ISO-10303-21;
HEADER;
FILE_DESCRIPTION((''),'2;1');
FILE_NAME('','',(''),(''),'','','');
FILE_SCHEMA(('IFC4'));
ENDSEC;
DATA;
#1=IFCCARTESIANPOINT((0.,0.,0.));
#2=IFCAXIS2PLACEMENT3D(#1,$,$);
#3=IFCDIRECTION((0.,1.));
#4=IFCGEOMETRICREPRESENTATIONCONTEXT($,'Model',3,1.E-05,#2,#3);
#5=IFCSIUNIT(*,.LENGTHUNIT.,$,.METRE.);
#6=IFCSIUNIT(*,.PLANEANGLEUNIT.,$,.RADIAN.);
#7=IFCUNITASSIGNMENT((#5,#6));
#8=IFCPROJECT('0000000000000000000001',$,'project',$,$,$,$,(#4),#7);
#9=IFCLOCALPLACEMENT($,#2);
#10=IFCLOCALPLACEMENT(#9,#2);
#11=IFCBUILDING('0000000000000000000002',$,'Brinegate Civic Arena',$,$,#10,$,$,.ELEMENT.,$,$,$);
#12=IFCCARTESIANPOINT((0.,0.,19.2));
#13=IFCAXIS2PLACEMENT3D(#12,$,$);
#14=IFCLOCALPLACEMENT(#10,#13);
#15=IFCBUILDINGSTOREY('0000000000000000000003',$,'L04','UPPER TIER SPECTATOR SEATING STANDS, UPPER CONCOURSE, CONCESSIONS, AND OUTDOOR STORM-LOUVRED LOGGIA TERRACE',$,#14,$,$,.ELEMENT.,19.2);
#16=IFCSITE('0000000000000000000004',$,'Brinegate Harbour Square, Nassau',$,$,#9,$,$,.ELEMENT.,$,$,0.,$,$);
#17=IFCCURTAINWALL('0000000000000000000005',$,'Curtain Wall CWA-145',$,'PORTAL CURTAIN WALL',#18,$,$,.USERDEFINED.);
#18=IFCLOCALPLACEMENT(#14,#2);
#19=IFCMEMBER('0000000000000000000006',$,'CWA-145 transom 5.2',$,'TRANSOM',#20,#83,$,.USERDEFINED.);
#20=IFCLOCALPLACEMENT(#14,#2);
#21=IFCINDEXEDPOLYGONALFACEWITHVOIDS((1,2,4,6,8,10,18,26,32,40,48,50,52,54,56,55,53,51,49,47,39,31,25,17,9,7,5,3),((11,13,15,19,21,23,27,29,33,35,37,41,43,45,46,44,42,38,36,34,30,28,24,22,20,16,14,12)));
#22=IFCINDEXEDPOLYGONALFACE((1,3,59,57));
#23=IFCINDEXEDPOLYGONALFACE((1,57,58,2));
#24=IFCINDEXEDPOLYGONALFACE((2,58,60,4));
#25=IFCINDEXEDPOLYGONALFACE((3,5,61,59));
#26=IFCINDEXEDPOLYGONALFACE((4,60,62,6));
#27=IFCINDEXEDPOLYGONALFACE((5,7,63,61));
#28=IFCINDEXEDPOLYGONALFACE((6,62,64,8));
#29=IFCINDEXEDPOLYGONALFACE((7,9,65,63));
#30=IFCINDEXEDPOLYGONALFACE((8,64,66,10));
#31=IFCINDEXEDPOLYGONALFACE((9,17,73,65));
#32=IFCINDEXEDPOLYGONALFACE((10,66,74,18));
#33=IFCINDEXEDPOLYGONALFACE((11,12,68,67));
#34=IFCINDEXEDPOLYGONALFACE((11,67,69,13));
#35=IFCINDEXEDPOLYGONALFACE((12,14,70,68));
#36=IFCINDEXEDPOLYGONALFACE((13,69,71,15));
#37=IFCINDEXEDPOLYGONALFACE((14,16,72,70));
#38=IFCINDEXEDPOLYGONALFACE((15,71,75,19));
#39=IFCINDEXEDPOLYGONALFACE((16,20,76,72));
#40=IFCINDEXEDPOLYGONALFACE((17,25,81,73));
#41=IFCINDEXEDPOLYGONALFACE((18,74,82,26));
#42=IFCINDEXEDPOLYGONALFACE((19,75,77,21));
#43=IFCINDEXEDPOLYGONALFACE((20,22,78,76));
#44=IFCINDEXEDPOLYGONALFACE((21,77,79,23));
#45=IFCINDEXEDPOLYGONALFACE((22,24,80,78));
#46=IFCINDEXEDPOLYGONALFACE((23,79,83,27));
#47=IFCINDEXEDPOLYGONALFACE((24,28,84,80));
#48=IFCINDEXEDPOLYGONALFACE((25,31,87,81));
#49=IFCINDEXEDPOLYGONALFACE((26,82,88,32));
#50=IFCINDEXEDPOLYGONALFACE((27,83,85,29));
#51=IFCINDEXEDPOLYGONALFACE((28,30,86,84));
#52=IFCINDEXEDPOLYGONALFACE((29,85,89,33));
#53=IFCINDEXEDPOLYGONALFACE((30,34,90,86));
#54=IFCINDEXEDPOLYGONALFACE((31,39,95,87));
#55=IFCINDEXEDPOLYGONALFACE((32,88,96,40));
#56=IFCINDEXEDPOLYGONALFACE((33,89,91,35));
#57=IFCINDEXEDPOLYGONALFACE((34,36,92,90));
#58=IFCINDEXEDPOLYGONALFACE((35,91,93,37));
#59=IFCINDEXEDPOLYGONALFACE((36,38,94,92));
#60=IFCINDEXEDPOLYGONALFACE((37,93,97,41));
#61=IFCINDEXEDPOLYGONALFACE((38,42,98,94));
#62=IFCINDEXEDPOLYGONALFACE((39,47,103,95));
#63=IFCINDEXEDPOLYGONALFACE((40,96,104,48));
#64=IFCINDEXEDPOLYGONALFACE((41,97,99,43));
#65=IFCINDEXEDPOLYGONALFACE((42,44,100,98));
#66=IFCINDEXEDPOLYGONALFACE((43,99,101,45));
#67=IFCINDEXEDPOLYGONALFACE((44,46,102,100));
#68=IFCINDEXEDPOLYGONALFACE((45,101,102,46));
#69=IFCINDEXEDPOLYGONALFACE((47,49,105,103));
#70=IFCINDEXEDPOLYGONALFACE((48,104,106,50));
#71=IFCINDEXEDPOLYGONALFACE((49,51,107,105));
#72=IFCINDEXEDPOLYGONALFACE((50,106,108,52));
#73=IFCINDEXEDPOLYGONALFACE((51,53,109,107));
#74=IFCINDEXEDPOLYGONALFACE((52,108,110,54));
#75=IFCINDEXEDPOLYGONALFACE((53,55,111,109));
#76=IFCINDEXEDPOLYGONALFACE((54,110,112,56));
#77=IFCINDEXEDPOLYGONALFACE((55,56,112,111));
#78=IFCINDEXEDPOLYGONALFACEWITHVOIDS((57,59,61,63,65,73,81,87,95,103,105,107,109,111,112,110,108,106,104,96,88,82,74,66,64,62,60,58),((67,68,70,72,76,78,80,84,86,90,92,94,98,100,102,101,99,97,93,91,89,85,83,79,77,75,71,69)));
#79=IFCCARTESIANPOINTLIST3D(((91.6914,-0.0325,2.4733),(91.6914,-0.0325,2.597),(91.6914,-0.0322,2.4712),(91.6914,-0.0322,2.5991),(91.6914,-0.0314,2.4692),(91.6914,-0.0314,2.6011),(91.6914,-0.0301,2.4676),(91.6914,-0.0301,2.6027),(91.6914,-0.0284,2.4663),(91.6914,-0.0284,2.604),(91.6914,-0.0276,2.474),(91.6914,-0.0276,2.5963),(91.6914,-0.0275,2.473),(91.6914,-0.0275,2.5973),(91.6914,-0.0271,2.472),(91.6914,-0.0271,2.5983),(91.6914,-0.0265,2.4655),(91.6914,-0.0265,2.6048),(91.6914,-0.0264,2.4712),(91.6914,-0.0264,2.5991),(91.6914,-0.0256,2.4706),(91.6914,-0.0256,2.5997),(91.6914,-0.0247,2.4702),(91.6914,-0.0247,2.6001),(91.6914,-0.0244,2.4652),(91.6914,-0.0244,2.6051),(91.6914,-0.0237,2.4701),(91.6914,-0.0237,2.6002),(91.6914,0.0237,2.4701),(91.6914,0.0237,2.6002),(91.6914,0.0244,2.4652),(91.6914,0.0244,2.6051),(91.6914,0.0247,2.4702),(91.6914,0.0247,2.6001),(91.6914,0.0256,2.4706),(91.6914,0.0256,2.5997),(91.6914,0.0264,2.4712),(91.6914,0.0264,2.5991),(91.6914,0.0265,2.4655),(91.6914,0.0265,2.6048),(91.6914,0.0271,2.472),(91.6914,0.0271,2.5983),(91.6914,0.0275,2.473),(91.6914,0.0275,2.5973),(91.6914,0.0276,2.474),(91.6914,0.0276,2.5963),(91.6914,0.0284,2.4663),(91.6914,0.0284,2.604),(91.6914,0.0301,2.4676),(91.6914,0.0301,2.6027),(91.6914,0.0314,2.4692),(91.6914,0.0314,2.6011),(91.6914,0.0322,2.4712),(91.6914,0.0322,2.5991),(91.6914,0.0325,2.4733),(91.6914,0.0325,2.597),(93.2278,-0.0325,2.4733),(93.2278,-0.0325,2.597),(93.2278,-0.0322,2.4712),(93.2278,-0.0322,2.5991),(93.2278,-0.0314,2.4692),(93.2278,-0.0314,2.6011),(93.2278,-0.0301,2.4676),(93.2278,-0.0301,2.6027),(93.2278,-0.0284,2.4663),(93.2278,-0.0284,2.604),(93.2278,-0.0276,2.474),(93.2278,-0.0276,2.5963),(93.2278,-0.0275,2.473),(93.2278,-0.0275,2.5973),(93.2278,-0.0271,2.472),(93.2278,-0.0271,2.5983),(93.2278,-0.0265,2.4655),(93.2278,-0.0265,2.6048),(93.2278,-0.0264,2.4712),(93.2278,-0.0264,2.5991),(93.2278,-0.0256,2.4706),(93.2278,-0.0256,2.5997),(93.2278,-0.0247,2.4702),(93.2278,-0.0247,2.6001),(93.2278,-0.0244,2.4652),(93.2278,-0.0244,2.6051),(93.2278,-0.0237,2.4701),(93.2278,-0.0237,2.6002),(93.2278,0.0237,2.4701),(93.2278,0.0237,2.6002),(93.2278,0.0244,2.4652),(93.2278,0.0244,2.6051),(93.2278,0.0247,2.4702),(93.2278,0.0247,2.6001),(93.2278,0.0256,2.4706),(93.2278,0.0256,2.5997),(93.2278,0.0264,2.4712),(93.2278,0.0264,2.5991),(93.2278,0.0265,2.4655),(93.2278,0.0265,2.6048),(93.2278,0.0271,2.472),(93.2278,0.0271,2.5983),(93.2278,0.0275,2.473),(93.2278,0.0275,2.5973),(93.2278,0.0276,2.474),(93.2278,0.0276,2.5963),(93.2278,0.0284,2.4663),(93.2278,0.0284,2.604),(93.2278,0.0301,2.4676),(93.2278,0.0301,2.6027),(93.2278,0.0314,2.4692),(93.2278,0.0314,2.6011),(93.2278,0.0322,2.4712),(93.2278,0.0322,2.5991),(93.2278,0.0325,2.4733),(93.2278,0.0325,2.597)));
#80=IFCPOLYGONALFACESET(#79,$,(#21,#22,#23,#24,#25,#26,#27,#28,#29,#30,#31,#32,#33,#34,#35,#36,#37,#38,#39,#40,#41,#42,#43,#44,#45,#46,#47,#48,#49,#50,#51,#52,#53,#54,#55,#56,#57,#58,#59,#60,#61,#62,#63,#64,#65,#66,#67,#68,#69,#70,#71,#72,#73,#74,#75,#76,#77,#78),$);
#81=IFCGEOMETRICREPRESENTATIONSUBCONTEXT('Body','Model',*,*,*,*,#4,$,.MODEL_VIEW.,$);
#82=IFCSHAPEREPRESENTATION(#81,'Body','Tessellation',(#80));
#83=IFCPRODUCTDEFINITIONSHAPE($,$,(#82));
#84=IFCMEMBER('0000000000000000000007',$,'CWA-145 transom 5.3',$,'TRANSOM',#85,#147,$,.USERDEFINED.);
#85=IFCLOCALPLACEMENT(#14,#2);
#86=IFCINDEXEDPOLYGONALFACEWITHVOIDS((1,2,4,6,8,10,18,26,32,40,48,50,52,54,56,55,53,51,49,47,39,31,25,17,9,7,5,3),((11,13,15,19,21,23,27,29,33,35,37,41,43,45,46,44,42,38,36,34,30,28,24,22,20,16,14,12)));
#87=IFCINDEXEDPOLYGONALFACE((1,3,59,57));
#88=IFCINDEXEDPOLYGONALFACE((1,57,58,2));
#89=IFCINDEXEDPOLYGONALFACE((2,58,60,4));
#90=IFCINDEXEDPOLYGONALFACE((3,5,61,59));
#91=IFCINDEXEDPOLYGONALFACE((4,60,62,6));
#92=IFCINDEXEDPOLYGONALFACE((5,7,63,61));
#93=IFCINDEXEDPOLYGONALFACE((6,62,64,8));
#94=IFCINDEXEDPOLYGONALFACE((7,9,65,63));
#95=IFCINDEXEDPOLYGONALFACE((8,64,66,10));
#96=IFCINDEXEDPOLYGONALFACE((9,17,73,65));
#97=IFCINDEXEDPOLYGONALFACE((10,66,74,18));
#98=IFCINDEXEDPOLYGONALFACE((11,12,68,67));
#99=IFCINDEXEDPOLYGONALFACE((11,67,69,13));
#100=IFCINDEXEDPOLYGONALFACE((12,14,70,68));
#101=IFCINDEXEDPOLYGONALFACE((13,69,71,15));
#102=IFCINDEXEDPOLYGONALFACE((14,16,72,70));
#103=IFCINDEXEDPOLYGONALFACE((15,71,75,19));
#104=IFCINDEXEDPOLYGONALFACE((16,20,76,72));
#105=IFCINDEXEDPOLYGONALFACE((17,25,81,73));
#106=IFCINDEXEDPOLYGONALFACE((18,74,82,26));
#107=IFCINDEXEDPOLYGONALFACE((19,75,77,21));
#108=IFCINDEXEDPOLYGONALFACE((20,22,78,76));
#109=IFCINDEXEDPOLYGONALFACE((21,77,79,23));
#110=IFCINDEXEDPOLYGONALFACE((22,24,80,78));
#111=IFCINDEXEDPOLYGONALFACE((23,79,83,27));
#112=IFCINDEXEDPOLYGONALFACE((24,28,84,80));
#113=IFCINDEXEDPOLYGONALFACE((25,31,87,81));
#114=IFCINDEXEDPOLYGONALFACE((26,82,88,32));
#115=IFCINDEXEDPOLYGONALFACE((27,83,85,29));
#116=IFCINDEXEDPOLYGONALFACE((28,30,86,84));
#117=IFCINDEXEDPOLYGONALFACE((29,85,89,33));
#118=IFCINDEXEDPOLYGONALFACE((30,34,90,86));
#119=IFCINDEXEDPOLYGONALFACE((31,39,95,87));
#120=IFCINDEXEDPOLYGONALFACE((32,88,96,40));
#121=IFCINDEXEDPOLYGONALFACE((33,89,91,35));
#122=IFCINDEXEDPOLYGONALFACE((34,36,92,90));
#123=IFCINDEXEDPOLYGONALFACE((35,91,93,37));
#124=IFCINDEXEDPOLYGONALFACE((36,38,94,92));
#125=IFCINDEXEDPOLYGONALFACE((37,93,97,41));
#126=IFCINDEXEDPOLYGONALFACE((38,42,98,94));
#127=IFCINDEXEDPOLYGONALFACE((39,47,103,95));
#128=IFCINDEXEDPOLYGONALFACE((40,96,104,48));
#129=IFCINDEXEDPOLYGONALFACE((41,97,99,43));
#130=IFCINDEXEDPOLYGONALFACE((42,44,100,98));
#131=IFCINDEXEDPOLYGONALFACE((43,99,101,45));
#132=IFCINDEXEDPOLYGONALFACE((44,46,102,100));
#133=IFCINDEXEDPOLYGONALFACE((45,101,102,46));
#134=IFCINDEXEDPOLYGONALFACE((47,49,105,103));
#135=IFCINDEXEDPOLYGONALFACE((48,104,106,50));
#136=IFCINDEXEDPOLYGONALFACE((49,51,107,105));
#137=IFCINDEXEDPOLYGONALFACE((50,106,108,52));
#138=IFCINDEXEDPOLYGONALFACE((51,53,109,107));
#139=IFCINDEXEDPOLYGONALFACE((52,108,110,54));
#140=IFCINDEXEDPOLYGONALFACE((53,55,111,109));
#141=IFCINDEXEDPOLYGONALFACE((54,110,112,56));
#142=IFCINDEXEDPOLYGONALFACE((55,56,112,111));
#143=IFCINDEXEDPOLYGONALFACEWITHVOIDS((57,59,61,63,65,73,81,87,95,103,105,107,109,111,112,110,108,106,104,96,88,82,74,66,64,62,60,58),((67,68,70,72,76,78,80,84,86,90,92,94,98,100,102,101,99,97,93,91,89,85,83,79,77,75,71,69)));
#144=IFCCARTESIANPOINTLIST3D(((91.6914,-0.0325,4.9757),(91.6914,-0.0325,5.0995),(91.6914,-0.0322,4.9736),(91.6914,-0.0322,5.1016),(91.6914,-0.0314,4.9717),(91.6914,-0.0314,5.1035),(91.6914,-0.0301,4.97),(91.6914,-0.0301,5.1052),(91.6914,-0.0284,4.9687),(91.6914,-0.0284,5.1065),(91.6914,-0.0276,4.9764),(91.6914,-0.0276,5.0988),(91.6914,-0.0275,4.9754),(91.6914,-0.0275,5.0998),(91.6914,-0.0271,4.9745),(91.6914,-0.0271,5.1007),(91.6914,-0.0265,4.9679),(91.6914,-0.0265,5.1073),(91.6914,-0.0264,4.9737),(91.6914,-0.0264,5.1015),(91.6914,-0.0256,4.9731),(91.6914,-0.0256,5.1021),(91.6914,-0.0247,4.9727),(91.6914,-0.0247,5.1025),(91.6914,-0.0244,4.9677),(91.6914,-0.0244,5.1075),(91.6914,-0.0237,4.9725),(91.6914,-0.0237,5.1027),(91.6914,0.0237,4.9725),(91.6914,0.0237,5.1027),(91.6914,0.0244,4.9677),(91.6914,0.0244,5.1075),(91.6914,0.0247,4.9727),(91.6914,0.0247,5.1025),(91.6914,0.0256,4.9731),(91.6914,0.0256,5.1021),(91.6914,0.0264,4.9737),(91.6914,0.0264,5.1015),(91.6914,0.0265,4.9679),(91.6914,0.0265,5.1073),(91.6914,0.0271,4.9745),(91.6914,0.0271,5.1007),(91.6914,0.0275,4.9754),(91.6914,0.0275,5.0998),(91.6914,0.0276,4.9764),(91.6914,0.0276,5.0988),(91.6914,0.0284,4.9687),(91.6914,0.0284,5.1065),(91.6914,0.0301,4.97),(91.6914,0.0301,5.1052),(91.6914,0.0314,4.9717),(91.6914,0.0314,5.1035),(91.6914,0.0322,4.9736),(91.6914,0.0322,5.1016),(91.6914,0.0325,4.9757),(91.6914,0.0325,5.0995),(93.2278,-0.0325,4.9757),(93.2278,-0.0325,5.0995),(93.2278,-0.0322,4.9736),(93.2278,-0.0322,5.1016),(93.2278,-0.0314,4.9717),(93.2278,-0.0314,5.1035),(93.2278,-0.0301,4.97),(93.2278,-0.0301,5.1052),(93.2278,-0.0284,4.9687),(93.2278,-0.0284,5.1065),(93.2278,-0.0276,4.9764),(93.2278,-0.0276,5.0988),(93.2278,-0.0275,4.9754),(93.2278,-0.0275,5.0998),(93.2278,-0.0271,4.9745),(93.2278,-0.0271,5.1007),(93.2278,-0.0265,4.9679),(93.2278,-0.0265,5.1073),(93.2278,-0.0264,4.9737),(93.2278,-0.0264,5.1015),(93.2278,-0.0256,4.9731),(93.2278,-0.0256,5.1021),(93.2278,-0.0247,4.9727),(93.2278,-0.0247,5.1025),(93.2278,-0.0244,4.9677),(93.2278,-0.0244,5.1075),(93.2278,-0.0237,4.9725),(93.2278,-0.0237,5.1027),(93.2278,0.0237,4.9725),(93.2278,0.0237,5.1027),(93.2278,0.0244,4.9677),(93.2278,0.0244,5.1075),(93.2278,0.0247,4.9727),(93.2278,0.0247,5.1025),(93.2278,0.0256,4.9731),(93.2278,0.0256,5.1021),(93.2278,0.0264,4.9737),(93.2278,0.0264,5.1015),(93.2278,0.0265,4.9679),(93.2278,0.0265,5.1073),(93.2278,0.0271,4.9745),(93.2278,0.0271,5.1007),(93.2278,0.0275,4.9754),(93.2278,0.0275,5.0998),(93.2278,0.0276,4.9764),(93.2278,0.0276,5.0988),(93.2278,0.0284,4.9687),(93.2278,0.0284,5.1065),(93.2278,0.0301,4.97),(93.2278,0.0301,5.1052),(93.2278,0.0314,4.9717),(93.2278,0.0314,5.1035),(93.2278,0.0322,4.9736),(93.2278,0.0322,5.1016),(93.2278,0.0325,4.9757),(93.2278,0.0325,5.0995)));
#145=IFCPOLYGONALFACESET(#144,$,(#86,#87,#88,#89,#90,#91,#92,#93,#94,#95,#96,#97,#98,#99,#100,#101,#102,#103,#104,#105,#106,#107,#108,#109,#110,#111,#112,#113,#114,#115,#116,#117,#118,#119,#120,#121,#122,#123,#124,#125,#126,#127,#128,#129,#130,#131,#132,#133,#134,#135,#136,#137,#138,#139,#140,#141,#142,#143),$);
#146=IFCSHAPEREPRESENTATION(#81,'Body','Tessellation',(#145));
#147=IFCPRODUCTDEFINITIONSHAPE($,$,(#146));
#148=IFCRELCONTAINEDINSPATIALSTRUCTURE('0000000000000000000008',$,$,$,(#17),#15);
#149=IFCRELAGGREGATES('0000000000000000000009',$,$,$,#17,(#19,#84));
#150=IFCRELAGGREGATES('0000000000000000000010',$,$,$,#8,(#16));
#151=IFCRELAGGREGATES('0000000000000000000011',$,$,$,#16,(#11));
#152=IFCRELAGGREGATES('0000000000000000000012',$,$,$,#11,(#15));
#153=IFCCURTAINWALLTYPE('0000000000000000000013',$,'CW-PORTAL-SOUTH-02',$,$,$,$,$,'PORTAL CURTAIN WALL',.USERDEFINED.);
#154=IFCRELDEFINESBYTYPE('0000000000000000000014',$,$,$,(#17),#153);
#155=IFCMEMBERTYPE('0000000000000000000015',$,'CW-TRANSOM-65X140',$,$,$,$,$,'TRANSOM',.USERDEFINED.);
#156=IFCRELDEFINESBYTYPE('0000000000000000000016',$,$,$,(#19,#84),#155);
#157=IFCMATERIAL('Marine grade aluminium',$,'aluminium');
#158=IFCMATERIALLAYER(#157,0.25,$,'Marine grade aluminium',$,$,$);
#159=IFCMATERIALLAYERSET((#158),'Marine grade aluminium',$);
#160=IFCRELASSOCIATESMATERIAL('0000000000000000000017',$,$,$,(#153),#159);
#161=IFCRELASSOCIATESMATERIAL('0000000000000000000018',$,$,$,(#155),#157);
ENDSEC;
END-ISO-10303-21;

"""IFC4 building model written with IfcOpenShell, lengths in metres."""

from ifc_helpers import new_model, si_unit, direction, frame, origin, origin_2d, place, context, subcontext, project, spatial, hollow_rectangle, extrude, material, layer, layer_set, material_profile, profile_set, type_object, element, aggregate, save


model = new_model("IFC4")

# Units and contexts
model_context = context("Model", 3, precision=1e-05, world=origin(), true_north=direction((0.0, 1.0)))
body_context = subcontext(model_context, "Body", "Model", "MODEL_VIEW")
ifc_project = project(units=[si_unit("LENGTHUNIT", "METRE"), si_unit("PLANEANGLEUNIT", "RADIAN")], contexts=[model_context])

# Site, building, storey
site_placement = place(None, origin())
site = spatial("IfcSite", under=ifc_project, at=site_placement, Name="Brinegate Harbour Square, Nassau", CompositionType="ELEMENT", RefElevation=0.0)
building_placement = place(site_placement, origin())
building = spatial("IfcBuilding", under=site, at=building_placement, Name="Brinegate Civic Arena", CompositionType="ELEMENT")
storey_placement = place(building_placement, frame((0.0, 0.0, 19.2)))
storey = spatial("IfcBuildingStorey", under=building, at=storey_placement, Name="L04", Description="UPPER TIER SPECTATOR SEATING STANDS, UPPER CONCOURSE, CONCESSIONS, AND OUTDOOR STORM-LOUVRED LOGGIA TERRACE", CompositionType="ELEMENT", Elevation=19.2)

# Curtain wall, members
ifc_material_1 = material(Name="Marine grade aluminium", Category="aluminium")
ifc_layer_1 = layer(ifc_material_1, 0.25, Name="Marine grade aluminium")
ifc_layer_set_1 = layer_set([ifc_layer_1], Name="Marine grade aluminium")
curtain_wall_type = type_object("IfcCurtainWallType", Name="CW-PORTAL-SOUTH-02", ElementType="PORTAL CURTAIN WALL", PredefinedType="USERDEFINED", material=ifc_layer_set_1)
curtain_wall_1_placement = place(storey_placement, origin())
curtain_wall_1 = element("IfcCurtainWall", 1, at=curtain_wall_1_placement, inside=storey, type_object=curtain_wall_type, Name="Curtain Wall CWA-145", ObjectType="PORTAL CURTAIN WALL", PredefinedType="USERDEFINED")
ifc_material_profile_1 = material_profile(ifc_material_1, hollow_rectangle(XDim=0.0649, YDim=0.1399, WallThickness=0.0049, InnerFilletRadius=0.0039, OuterFilletRadius=0.0081, at=origin_2d()), Name="TRN65X140")
ifc_profile_set_1 = profile_set([ifc_material_profile_1], Name="Marine grade aluminium")
member_type_1 = type_object("IfcMemberType", Name="CW-TRANSOM-65X140", ElementType="TRANSOM", PredefinedType="USERDEFINED", material=ifc_profile_set_1)
member_1_placement = place(storey_placement, frame((91.6914, 0.0, 2.5352), z_axis=(1.0, 0.0, 0.0), x_axis=(0.0, 1.0, 0.0)))
member_1 = element("IfcMember", 2, at=member_1_placement, type_object=member_type_1, Name="CWA-145 transom 5.2", ObjectType="TRANSOM", PredefinedType="USERDEFINED", context=body_context, shape_type="SweptSolid", body=[
    extrude(hollow_rectangle(XDim=0.0649, YDim=0.1399, WallThickness=0.0049, InnerFilletRadius=0.0039, OuterFilletRadius=0.0081, at=origin_2d()), origin(), (0.0, 0.0, 1.0), 1.5364),
])
member_2_placement = place(storey_placement, frame((91.6914, 0.0, 5.0376), z_axis=(1.0, 0.0, 0.0), x_axis=(0.0, 1.0, 0.0)))
member_2 = element("IfcMember", 3, at=member_2_placement, type_object=member_type_1, Name="CWA-145 transom 5.3", ObjectType="TRANSOM", PredefinedType="USERDEFINED", context=body_context, shape_type="SweptSolid", body=[
    extrude(hollow_rectangle(XDim=0.0649, YDim=0.1399, WallThickness=0.0049, InnerFilletRadius=0.0039, OuterFilletRadius=0.0081, at=origin_2d()), origin(), (0.0, 0.0, 1.0), 1.5364),
])

aggregate(curtain_wall_1, [member_1, member_2])

save(model, "model.ifc")
